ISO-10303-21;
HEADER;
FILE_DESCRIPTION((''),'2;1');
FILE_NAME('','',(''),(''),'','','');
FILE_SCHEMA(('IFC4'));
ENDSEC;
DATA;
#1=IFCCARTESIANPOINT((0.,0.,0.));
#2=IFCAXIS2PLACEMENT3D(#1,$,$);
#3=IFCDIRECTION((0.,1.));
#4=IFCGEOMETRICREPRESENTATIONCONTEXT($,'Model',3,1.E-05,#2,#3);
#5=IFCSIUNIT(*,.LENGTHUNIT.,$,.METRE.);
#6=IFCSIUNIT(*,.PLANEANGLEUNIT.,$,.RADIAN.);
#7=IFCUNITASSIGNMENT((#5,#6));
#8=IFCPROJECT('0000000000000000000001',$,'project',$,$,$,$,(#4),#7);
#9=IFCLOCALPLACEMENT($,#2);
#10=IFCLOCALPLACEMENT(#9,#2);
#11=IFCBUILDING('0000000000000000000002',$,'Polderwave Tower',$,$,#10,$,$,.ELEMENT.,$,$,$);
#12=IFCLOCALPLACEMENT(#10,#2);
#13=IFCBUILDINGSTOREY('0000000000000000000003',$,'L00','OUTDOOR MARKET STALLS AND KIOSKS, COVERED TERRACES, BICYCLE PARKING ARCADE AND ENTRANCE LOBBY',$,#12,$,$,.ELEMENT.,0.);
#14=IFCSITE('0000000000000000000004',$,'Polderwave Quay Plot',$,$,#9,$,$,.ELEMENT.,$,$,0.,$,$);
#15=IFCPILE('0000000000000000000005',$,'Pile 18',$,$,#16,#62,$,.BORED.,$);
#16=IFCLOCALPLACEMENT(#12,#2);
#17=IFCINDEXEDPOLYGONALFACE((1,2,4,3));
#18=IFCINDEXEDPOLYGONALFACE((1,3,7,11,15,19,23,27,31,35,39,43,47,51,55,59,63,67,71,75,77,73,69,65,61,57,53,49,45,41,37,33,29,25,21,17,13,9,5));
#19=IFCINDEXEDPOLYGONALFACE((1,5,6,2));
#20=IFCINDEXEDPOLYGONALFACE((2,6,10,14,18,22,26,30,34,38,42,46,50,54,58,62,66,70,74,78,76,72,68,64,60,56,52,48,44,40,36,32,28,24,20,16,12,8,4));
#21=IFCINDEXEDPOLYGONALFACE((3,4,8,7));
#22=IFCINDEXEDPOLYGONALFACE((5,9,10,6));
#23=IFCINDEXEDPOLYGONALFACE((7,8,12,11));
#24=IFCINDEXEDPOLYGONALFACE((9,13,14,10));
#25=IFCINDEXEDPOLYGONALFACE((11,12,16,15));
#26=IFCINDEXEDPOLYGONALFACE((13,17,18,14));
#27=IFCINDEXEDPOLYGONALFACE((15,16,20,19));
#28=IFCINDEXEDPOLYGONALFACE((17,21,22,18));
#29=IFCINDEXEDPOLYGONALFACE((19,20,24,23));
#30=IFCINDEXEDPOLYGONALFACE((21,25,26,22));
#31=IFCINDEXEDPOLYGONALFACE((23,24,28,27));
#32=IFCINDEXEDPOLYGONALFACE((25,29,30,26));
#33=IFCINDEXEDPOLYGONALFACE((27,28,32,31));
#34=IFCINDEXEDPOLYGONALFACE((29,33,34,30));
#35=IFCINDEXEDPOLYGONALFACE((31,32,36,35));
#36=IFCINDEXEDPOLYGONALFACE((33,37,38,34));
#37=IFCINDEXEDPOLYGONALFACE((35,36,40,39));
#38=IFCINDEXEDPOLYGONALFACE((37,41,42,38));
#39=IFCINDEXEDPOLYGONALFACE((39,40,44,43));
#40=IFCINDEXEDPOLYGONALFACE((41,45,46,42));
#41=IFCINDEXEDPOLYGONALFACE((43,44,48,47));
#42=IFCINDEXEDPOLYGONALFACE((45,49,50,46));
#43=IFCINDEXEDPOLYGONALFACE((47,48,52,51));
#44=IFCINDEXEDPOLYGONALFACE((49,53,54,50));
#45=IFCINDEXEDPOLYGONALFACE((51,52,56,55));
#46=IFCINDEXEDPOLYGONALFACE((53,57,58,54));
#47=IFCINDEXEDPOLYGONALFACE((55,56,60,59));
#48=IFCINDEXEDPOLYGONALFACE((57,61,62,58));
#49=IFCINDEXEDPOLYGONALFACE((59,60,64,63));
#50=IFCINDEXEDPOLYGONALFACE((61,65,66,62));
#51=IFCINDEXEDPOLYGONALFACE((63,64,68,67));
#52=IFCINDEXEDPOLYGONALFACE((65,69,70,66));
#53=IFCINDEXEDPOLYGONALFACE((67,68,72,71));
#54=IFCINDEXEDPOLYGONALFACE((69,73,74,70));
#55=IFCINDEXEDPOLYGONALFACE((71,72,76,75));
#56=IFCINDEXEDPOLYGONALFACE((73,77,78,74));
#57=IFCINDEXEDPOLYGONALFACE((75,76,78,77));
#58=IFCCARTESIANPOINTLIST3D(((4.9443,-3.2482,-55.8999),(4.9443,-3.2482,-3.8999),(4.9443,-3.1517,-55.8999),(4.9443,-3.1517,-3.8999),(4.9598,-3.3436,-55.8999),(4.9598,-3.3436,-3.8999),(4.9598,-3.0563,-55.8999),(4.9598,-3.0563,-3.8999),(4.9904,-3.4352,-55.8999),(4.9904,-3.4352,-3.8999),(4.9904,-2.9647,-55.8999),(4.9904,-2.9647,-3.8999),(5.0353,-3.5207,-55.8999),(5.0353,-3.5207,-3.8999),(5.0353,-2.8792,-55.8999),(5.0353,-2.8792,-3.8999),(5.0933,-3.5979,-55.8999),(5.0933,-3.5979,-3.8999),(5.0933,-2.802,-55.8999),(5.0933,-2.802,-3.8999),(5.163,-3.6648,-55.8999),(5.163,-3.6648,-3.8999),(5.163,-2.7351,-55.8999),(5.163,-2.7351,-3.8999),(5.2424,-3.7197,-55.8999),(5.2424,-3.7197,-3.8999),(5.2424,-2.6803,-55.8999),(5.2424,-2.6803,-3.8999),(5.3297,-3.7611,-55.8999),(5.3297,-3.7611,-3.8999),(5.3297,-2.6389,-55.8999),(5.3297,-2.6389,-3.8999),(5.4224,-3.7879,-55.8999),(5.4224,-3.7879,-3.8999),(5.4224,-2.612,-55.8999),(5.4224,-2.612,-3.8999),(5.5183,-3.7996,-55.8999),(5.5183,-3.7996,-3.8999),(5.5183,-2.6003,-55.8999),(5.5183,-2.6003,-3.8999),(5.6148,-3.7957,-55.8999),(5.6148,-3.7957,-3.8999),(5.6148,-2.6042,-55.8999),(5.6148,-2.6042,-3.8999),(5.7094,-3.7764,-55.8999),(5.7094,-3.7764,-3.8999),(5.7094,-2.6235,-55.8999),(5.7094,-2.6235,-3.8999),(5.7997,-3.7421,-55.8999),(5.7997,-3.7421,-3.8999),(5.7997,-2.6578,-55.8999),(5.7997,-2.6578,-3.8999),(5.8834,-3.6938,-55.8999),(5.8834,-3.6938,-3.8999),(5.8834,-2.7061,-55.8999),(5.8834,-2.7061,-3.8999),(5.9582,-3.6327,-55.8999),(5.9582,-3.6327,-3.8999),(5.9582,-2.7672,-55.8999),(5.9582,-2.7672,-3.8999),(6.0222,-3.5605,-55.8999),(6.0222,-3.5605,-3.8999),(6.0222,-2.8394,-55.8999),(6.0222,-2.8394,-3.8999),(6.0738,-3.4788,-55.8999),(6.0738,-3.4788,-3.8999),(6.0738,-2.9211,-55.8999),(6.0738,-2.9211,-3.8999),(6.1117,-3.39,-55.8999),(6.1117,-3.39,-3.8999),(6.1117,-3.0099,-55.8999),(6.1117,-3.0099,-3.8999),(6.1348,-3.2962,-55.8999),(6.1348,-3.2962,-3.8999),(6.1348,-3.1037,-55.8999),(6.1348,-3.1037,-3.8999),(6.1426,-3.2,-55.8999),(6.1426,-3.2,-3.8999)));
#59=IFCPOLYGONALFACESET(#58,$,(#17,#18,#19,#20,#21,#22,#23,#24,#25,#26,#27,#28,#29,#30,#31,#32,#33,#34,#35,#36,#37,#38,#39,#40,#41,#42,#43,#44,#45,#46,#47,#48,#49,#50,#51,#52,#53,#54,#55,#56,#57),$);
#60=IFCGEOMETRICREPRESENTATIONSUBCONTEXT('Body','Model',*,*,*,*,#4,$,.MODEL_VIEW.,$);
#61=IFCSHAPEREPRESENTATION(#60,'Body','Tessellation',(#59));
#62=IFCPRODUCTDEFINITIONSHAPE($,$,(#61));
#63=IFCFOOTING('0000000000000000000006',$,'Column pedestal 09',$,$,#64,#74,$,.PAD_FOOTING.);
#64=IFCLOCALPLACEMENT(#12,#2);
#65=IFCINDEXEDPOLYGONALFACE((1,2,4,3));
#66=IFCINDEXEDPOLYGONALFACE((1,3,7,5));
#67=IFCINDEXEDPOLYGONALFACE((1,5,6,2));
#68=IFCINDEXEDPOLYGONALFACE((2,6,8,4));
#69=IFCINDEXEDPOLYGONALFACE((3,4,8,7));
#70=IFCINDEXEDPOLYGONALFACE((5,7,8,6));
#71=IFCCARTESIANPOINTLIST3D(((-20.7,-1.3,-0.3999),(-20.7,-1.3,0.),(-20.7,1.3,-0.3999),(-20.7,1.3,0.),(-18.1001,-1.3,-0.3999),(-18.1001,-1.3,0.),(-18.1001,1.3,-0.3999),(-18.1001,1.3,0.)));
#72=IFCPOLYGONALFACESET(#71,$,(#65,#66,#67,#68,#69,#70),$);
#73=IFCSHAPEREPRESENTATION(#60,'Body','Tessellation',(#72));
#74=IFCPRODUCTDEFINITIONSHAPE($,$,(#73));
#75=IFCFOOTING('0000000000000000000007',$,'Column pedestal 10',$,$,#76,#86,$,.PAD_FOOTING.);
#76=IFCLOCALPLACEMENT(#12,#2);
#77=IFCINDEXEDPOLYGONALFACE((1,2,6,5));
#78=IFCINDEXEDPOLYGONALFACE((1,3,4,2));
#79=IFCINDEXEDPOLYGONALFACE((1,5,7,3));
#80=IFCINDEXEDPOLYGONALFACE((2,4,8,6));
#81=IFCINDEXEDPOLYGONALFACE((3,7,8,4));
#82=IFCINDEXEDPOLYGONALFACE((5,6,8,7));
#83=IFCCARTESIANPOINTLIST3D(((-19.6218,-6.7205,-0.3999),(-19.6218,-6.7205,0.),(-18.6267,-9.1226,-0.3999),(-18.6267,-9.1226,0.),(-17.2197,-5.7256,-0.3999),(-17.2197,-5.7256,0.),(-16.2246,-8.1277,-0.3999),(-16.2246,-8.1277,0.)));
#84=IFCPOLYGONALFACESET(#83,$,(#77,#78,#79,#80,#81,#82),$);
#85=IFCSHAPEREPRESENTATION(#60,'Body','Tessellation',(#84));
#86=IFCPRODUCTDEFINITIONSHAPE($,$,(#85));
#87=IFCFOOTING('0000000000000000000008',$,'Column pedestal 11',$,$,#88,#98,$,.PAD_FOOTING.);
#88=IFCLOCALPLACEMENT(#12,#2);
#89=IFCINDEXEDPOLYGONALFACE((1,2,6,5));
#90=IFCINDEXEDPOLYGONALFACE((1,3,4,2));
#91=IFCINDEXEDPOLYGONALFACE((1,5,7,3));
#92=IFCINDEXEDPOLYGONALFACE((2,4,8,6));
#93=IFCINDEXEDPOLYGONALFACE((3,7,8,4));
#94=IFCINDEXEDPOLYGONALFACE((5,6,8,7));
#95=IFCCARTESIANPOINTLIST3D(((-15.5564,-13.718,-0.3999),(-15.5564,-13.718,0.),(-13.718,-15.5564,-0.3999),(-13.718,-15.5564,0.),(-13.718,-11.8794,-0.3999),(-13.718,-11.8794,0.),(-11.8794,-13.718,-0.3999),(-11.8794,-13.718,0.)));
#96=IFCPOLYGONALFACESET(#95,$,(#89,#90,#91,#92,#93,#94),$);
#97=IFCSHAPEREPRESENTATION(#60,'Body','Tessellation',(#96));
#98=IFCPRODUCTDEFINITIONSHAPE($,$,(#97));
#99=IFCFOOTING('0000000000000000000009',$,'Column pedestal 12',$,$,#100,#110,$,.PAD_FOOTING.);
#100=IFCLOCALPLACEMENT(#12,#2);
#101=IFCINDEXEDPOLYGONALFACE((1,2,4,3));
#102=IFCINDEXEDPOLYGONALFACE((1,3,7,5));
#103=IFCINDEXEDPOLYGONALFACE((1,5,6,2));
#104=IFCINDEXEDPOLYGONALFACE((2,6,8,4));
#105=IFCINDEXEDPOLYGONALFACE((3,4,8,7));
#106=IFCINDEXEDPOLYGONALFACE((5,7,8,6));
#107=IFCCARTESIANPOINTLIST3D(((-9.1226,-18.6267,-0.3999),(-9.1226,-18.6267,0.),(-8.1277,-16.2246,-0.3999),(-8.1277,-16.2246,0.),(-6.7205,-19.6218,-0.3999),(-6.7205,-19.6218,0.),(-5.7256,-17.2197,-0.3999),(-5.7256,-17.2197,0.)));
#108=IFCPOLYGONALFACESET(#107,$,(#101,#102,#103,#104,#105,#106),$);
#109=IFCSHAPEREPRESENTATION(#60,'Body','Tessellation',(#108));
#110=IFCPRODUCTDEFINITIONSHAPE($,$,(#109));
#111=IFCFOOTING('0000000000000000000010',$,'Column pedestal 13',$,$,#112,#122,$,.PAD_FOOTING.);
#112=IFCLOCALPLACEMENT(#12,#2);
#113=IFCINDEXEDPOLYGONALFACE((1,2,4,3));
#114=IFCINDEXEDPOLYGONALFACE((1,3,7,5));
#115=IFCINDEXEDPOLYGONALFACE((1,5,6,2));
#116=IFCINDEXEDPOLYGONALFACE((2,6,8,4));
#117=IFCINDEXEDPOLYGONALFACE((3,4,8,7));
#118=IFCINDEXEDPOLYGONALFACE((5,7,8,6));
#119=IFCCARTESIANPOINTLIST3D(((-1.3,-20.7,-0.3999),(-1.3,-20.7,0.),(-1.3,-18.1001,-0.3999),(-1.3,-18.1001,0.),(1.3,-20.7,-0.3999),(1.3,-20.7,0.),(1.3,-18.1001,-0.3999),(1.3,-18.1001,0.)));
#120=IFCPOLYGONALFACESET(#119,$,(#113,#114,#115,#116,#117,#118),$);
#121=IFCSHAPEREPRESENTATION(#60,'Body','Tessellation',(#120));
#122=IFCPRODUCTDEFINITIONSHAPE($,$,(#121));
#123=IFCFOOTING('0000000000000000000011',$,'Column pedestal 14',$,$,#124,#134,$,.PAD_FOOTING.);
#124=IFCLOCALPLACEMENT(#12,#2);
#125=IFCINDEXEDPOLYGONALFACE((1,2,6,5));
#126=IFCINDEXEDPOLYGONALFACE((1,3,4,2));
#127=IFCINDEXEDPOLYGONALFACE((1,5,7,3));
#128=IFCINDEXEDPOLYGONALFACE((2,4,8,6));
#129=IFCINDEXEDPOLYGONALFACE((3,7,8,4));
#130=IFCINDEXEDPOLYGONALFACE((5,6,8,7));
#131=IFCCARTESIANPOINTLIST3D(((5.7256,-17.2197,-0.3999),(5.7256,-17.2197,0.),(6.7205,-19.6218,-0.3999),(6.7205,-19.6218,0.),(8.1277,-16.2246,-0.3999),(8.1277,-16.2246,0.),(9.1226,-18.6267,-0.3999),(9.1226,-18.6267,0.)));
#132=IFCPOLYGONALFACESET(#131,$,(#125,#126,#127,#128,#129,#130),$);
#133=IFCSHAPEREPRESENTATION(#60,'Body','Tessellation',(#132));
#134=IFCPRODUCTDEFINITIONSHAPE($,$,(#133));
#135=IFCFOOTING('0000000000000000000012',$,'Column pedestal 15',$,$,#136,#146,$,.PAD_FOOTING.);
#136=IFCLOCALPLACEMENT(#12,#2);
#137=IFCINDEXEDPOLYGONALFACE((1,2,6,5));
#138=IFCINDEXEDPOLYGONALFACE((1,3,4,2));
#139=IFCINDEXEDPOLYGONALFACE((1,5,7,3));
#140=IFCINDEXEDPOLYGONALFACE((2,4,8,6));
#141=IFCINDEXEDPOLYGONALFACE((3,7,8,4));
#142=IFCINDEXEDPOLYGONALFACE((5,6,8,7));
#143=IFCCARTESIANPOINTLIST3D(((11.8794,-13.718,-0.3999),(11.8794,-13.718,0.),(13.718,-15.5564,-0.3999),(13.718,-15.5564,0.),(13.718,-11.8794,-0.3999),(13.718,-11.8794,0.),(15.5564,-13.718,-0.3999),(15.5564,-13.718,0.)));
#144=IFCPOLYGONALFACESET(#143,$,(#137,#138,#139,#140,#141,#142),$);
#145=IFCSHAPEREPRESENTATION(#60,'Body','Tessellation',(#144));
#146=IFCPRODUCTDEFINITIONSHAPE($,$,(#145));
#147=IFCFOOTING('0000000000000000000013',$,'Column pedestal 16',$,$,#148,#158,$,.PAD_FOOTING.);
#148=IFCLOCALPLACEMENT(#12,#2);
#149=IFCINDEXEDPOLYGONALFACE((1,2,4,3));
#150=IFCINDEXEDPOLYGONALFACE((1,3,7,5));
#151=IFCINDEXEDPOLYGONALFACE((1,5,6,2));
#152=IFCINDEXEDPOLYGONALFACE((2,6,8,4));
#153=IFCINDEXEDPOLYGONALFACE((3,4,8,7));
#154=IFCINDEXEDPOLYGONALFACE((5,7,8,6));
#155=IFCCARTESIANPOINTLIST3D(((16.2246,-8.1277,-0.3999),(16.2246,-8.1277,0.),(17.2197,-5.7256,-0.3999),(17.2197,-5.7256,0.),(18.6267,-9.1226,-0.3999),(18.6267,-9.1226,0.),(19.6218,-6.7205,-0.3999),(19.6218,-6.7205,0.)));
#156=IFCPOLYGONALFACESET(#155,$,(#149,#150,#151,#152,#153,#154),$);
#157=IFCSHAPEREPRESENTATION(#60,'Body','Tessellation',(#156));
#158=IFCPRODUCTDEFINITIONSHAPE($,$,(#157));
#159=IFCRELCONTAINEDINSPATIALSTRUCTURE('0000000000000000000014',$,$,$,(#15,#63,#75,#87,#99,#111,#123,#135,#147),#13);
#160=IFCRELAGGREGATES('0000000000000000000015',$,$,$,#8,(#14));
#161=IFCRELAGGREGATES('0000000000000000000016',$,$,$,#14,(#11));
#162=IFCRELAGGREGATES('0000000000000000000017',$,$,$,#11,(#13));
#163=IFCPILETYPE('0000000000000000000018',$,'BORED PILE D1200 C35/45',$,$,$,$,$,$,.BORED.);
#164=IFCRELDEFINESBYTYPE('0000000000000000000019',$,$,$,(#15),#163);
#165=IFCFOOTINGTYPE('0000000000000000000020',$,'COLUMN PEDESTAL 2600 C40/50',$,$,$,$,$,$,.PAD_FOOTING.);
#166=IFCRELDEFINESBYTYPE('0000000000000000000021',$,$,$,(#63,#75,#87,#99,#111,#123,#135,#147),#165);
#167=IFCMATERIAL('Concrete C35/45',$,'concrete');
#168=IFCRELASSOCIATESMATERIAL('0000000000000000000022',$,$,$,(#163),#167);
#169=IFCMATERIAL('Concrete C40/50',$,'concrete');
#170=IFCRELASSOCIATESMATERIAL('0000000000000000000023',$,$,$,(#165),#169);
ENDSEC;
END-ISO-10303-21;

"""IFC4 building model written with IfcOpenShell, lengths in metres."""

from ifc_helpers import new_model, si_unit, direction, frame, origin, origin_2d, place, context, subcontext, project, spatial, polyline, circle, outline, extrude, material, material_profile, profile_set, type_object, element, save


model = new_model("IFC4")

# Units and contexts
model_context = context("Model", 3, precision=1e-05, world=origin(), true_north=direction((0.0, 1.0)))
body_context = subcontext(model_context, "Body", "Model", "MODEL_VIEW")
ifc_project = project(units=[si_unit("LENGTHUNIT", "METRE"), si_unit("PLANEANGLEUNIT", "RADIAN")], contexts=[model_context])

# Site, building, storey
site_placement = place(None, origin())
site = spatial("IfcSite", under=ifc_project, at=site_placement, Name="Polderwave Quay Plot", CompositionType="ELEMENT", RefElevation=0.0)
building_placement = place(site_placement, origin())
building = spatial("IfcBuilding", under=site, at=building_placement, Name="Polderwave Tower", CompositionType="ELEMENT")
storey_placement = place(building_placement, origin())
storey = spatial("IfcBuildingStorey", under=building, at=storey_placement, Name="L00", Description="OUTDOOR MARKET STALLS AND KIOSKS, COVERED TERRACES, BICYCLE PARKING ARCADE AND ENTRANCE LOBBY", CompositionType="ELEMENT", Elevation=0.0)

# Pile
ifc_material_1 = material(Name="Concrete C35/45", Category="concrete")
ifc_material_profile = material_profile(ifc_material_1, circle(Radius=0.6001, at=origin_2d()), Name="BORED D1200")
ifc_profile_set = profile_set([ifc_material_profile], Name="Concrete C35/45")
pile_type = type_object("IfcPileType", Name="BORED PILE D1200 C35/45", PredefinedType="BORED", material=ifc_profile_set)
for number, where, z_axis, x_axis, name in (
    (1, (5.5425, -3.2, -3.8999), (0.0, 0.0, -1.0), (1.0, 0.0, 0.0), "Pile 18"),
):
    element("IfcPile", number, at=place(storey_placement, frame(where, z_axis=z_axis, x_axis=x_axis)), inside=storey, type_object=pile_type, Name=name, PredefinedType="BORED", context=body_context, shape_type="SweptSolid", body=[
        extrude(circle(Radius=0.6001, at=origin_2d()), origin(), (0.0, 0.0, 1.0), 52.0),
    ])

# Footings
ifc_material_2 = material(Name="Concrete C40/50", Category="concrete")
footing_type = type_object("IfcFootingType", Name="COLUMN PEDESTAL 2600 C40/50", PredefinedType="PAD_FOOTING", material=ifc_material_2)
footing_1_placement = place(storey_placement, frame((0.0, 0.0, -0.3999)))
element("IfcFooting", 2, at=footing_1_placement, inside=storey, type_object=footing_type, Name="Column pedestal 09", PredefinedType="PAD_FOOTING", context=body_context, shape_type="SweptSolid", body=[
    extrude(outline(polyline([(-18.1001, 1.3), (-20.7, 1.3), (-20.7, -1.3), (-18.1001, -1.3), (-18.1001, 1.3)])), origin(), (0.0, 0.0, 1.0), 0.3999),
])
footing_2_placement = place(storey_placement, frame((0.0, 0.0, -0.3999)))
element("IfcFooting", 3, at=footing_2_placement, inside=storey, type_object=footing_type, Name="Column pedestal 10", PredefinedType="PAD_FOOTING", context=body_context, shape_type="SweptSolid", body=[
    extrude(outline(polyline([(-17.2197, -5.7256), (-19.6218, -6.7205), (-18.6267, -9.1226), (-16.2246, -8.1277), (-17.2197, -5.7256)])), origin(), (0.0, 0.0, 1.0), 0.3999),
])
footing_3_placement = place(storey_placement, frame((0.0, 0.0, -0.3999)))
element("IfcFooting", 4, at=footing_3_placement, inside=storey, type_object=footing_type, Name="Column pedestal 11", PredefinedType="PAD_FOOTING", context=body_context, shape_type="SweptSolid", body=[
    extrude(outline(polyline([(-13.718, -11.8794), (-15.5564, -13.718), (-13.718, -15.5564), (-11.8794, -13.718), (-13.718, -11.8794)])), origin(), (0.0, 0.0, 1.0), 0.3999),
])
footing_4_placement = place(storey_placement, frame((0.0, 0.0, -0.3999)))
element("IfcFooting", 5, at=footing_4_placement, inside=storey, type_object=footing_type, Name="Column pedestal 12", PredefinedType="PAD_FOOTING", context=body_context, shape_type="SweptSolid", body=[
    extrude(outline(polyline([(-8.1277, -16.2246), (-9.1226, -18.6267), (-6.7205, -19.6218), (-5.7256, -17.2197), (-8.1277, -16.2246)])), origin(), (0.0, 0.0, 1.0), 0.3999),
])
footing_5_placement = place(storey_placement, frame((0.0, 0.0, -0.3999)))
element("IfcFooting", 6, at=footing_5_placement, inside=storey, type_object=footing_type, Name="Column pedestal 13", PredefinedType="PAD_FOOTING", context=body_context, shape_type="SweptSolid", body=[
    extrude(outline(polyline([(-1.3, -18.1001), (-1.3, -20.7), (1.3, -20.7), (1.3, -18.1001), (-1.3, -18.1001)])), origin(), (0.0, 0.0, 1.0), 0.3999),
])
footing_6_placement = place(storey_placement, frame((0.0, 0.0, -0.3999)))
element("IfcFooting", 7, at=footing_6_placement, inside=storey, type_object=footing_type, Name="Column pedestal 14", PredefinedType="PAD_FOOTING", context=body_context, shape_type="SweptSolid", body=[
    extrude(outline(polyline([(5.7256, -17.2197), (6.7205, -19.6218), (9.1226, -18.6267), (8.1277, -16.2246), (5.7256, -17.2197)])), origin(), (0.0, 0.0, 1.0), 0.3999),
])
footing_7_placement = place(storey_placement, frame((0.0, 0.0, -0.3999)))
element("IfcFooting", 8, at=footing_7_placement, inside=storey, type_object=footing_type, Name="Column pedestal 15", PredefinedType="PAD_FOOTING", context=body_context, shape_type="SweptSolid", body=[
    extrude(outline(polyline([(11.8794, -13.718), (13.718, -15.5564), (15.5564, -13.718), (13.718, -11.8794), (11.8794, -13.718)])), origin(), (0.0, 0.0, 1.0), 0.3999),
])
footing_8_placement = place(storey_placement, frame((0.0, 0.0, -0.3999)))
element("IfcFooting", 9, at=footing_8_placement, inside=storey, type_object=footing_type, Name="Column pedestal 16", PredefinedType="PAD_FOOTING", context=body_context, shape_type="SweptSolid", body=[
    extrude(outline(polyline([(16.2246, -8.1277), (18.6267, -9.1226), (19.6218, -6.7205), (17.2197, -5.7256), (16.2246, -8.1277)])), origin(), (0.0, 0.0, 1.0), 0.3999),
])

save(model, "model.ifc")
